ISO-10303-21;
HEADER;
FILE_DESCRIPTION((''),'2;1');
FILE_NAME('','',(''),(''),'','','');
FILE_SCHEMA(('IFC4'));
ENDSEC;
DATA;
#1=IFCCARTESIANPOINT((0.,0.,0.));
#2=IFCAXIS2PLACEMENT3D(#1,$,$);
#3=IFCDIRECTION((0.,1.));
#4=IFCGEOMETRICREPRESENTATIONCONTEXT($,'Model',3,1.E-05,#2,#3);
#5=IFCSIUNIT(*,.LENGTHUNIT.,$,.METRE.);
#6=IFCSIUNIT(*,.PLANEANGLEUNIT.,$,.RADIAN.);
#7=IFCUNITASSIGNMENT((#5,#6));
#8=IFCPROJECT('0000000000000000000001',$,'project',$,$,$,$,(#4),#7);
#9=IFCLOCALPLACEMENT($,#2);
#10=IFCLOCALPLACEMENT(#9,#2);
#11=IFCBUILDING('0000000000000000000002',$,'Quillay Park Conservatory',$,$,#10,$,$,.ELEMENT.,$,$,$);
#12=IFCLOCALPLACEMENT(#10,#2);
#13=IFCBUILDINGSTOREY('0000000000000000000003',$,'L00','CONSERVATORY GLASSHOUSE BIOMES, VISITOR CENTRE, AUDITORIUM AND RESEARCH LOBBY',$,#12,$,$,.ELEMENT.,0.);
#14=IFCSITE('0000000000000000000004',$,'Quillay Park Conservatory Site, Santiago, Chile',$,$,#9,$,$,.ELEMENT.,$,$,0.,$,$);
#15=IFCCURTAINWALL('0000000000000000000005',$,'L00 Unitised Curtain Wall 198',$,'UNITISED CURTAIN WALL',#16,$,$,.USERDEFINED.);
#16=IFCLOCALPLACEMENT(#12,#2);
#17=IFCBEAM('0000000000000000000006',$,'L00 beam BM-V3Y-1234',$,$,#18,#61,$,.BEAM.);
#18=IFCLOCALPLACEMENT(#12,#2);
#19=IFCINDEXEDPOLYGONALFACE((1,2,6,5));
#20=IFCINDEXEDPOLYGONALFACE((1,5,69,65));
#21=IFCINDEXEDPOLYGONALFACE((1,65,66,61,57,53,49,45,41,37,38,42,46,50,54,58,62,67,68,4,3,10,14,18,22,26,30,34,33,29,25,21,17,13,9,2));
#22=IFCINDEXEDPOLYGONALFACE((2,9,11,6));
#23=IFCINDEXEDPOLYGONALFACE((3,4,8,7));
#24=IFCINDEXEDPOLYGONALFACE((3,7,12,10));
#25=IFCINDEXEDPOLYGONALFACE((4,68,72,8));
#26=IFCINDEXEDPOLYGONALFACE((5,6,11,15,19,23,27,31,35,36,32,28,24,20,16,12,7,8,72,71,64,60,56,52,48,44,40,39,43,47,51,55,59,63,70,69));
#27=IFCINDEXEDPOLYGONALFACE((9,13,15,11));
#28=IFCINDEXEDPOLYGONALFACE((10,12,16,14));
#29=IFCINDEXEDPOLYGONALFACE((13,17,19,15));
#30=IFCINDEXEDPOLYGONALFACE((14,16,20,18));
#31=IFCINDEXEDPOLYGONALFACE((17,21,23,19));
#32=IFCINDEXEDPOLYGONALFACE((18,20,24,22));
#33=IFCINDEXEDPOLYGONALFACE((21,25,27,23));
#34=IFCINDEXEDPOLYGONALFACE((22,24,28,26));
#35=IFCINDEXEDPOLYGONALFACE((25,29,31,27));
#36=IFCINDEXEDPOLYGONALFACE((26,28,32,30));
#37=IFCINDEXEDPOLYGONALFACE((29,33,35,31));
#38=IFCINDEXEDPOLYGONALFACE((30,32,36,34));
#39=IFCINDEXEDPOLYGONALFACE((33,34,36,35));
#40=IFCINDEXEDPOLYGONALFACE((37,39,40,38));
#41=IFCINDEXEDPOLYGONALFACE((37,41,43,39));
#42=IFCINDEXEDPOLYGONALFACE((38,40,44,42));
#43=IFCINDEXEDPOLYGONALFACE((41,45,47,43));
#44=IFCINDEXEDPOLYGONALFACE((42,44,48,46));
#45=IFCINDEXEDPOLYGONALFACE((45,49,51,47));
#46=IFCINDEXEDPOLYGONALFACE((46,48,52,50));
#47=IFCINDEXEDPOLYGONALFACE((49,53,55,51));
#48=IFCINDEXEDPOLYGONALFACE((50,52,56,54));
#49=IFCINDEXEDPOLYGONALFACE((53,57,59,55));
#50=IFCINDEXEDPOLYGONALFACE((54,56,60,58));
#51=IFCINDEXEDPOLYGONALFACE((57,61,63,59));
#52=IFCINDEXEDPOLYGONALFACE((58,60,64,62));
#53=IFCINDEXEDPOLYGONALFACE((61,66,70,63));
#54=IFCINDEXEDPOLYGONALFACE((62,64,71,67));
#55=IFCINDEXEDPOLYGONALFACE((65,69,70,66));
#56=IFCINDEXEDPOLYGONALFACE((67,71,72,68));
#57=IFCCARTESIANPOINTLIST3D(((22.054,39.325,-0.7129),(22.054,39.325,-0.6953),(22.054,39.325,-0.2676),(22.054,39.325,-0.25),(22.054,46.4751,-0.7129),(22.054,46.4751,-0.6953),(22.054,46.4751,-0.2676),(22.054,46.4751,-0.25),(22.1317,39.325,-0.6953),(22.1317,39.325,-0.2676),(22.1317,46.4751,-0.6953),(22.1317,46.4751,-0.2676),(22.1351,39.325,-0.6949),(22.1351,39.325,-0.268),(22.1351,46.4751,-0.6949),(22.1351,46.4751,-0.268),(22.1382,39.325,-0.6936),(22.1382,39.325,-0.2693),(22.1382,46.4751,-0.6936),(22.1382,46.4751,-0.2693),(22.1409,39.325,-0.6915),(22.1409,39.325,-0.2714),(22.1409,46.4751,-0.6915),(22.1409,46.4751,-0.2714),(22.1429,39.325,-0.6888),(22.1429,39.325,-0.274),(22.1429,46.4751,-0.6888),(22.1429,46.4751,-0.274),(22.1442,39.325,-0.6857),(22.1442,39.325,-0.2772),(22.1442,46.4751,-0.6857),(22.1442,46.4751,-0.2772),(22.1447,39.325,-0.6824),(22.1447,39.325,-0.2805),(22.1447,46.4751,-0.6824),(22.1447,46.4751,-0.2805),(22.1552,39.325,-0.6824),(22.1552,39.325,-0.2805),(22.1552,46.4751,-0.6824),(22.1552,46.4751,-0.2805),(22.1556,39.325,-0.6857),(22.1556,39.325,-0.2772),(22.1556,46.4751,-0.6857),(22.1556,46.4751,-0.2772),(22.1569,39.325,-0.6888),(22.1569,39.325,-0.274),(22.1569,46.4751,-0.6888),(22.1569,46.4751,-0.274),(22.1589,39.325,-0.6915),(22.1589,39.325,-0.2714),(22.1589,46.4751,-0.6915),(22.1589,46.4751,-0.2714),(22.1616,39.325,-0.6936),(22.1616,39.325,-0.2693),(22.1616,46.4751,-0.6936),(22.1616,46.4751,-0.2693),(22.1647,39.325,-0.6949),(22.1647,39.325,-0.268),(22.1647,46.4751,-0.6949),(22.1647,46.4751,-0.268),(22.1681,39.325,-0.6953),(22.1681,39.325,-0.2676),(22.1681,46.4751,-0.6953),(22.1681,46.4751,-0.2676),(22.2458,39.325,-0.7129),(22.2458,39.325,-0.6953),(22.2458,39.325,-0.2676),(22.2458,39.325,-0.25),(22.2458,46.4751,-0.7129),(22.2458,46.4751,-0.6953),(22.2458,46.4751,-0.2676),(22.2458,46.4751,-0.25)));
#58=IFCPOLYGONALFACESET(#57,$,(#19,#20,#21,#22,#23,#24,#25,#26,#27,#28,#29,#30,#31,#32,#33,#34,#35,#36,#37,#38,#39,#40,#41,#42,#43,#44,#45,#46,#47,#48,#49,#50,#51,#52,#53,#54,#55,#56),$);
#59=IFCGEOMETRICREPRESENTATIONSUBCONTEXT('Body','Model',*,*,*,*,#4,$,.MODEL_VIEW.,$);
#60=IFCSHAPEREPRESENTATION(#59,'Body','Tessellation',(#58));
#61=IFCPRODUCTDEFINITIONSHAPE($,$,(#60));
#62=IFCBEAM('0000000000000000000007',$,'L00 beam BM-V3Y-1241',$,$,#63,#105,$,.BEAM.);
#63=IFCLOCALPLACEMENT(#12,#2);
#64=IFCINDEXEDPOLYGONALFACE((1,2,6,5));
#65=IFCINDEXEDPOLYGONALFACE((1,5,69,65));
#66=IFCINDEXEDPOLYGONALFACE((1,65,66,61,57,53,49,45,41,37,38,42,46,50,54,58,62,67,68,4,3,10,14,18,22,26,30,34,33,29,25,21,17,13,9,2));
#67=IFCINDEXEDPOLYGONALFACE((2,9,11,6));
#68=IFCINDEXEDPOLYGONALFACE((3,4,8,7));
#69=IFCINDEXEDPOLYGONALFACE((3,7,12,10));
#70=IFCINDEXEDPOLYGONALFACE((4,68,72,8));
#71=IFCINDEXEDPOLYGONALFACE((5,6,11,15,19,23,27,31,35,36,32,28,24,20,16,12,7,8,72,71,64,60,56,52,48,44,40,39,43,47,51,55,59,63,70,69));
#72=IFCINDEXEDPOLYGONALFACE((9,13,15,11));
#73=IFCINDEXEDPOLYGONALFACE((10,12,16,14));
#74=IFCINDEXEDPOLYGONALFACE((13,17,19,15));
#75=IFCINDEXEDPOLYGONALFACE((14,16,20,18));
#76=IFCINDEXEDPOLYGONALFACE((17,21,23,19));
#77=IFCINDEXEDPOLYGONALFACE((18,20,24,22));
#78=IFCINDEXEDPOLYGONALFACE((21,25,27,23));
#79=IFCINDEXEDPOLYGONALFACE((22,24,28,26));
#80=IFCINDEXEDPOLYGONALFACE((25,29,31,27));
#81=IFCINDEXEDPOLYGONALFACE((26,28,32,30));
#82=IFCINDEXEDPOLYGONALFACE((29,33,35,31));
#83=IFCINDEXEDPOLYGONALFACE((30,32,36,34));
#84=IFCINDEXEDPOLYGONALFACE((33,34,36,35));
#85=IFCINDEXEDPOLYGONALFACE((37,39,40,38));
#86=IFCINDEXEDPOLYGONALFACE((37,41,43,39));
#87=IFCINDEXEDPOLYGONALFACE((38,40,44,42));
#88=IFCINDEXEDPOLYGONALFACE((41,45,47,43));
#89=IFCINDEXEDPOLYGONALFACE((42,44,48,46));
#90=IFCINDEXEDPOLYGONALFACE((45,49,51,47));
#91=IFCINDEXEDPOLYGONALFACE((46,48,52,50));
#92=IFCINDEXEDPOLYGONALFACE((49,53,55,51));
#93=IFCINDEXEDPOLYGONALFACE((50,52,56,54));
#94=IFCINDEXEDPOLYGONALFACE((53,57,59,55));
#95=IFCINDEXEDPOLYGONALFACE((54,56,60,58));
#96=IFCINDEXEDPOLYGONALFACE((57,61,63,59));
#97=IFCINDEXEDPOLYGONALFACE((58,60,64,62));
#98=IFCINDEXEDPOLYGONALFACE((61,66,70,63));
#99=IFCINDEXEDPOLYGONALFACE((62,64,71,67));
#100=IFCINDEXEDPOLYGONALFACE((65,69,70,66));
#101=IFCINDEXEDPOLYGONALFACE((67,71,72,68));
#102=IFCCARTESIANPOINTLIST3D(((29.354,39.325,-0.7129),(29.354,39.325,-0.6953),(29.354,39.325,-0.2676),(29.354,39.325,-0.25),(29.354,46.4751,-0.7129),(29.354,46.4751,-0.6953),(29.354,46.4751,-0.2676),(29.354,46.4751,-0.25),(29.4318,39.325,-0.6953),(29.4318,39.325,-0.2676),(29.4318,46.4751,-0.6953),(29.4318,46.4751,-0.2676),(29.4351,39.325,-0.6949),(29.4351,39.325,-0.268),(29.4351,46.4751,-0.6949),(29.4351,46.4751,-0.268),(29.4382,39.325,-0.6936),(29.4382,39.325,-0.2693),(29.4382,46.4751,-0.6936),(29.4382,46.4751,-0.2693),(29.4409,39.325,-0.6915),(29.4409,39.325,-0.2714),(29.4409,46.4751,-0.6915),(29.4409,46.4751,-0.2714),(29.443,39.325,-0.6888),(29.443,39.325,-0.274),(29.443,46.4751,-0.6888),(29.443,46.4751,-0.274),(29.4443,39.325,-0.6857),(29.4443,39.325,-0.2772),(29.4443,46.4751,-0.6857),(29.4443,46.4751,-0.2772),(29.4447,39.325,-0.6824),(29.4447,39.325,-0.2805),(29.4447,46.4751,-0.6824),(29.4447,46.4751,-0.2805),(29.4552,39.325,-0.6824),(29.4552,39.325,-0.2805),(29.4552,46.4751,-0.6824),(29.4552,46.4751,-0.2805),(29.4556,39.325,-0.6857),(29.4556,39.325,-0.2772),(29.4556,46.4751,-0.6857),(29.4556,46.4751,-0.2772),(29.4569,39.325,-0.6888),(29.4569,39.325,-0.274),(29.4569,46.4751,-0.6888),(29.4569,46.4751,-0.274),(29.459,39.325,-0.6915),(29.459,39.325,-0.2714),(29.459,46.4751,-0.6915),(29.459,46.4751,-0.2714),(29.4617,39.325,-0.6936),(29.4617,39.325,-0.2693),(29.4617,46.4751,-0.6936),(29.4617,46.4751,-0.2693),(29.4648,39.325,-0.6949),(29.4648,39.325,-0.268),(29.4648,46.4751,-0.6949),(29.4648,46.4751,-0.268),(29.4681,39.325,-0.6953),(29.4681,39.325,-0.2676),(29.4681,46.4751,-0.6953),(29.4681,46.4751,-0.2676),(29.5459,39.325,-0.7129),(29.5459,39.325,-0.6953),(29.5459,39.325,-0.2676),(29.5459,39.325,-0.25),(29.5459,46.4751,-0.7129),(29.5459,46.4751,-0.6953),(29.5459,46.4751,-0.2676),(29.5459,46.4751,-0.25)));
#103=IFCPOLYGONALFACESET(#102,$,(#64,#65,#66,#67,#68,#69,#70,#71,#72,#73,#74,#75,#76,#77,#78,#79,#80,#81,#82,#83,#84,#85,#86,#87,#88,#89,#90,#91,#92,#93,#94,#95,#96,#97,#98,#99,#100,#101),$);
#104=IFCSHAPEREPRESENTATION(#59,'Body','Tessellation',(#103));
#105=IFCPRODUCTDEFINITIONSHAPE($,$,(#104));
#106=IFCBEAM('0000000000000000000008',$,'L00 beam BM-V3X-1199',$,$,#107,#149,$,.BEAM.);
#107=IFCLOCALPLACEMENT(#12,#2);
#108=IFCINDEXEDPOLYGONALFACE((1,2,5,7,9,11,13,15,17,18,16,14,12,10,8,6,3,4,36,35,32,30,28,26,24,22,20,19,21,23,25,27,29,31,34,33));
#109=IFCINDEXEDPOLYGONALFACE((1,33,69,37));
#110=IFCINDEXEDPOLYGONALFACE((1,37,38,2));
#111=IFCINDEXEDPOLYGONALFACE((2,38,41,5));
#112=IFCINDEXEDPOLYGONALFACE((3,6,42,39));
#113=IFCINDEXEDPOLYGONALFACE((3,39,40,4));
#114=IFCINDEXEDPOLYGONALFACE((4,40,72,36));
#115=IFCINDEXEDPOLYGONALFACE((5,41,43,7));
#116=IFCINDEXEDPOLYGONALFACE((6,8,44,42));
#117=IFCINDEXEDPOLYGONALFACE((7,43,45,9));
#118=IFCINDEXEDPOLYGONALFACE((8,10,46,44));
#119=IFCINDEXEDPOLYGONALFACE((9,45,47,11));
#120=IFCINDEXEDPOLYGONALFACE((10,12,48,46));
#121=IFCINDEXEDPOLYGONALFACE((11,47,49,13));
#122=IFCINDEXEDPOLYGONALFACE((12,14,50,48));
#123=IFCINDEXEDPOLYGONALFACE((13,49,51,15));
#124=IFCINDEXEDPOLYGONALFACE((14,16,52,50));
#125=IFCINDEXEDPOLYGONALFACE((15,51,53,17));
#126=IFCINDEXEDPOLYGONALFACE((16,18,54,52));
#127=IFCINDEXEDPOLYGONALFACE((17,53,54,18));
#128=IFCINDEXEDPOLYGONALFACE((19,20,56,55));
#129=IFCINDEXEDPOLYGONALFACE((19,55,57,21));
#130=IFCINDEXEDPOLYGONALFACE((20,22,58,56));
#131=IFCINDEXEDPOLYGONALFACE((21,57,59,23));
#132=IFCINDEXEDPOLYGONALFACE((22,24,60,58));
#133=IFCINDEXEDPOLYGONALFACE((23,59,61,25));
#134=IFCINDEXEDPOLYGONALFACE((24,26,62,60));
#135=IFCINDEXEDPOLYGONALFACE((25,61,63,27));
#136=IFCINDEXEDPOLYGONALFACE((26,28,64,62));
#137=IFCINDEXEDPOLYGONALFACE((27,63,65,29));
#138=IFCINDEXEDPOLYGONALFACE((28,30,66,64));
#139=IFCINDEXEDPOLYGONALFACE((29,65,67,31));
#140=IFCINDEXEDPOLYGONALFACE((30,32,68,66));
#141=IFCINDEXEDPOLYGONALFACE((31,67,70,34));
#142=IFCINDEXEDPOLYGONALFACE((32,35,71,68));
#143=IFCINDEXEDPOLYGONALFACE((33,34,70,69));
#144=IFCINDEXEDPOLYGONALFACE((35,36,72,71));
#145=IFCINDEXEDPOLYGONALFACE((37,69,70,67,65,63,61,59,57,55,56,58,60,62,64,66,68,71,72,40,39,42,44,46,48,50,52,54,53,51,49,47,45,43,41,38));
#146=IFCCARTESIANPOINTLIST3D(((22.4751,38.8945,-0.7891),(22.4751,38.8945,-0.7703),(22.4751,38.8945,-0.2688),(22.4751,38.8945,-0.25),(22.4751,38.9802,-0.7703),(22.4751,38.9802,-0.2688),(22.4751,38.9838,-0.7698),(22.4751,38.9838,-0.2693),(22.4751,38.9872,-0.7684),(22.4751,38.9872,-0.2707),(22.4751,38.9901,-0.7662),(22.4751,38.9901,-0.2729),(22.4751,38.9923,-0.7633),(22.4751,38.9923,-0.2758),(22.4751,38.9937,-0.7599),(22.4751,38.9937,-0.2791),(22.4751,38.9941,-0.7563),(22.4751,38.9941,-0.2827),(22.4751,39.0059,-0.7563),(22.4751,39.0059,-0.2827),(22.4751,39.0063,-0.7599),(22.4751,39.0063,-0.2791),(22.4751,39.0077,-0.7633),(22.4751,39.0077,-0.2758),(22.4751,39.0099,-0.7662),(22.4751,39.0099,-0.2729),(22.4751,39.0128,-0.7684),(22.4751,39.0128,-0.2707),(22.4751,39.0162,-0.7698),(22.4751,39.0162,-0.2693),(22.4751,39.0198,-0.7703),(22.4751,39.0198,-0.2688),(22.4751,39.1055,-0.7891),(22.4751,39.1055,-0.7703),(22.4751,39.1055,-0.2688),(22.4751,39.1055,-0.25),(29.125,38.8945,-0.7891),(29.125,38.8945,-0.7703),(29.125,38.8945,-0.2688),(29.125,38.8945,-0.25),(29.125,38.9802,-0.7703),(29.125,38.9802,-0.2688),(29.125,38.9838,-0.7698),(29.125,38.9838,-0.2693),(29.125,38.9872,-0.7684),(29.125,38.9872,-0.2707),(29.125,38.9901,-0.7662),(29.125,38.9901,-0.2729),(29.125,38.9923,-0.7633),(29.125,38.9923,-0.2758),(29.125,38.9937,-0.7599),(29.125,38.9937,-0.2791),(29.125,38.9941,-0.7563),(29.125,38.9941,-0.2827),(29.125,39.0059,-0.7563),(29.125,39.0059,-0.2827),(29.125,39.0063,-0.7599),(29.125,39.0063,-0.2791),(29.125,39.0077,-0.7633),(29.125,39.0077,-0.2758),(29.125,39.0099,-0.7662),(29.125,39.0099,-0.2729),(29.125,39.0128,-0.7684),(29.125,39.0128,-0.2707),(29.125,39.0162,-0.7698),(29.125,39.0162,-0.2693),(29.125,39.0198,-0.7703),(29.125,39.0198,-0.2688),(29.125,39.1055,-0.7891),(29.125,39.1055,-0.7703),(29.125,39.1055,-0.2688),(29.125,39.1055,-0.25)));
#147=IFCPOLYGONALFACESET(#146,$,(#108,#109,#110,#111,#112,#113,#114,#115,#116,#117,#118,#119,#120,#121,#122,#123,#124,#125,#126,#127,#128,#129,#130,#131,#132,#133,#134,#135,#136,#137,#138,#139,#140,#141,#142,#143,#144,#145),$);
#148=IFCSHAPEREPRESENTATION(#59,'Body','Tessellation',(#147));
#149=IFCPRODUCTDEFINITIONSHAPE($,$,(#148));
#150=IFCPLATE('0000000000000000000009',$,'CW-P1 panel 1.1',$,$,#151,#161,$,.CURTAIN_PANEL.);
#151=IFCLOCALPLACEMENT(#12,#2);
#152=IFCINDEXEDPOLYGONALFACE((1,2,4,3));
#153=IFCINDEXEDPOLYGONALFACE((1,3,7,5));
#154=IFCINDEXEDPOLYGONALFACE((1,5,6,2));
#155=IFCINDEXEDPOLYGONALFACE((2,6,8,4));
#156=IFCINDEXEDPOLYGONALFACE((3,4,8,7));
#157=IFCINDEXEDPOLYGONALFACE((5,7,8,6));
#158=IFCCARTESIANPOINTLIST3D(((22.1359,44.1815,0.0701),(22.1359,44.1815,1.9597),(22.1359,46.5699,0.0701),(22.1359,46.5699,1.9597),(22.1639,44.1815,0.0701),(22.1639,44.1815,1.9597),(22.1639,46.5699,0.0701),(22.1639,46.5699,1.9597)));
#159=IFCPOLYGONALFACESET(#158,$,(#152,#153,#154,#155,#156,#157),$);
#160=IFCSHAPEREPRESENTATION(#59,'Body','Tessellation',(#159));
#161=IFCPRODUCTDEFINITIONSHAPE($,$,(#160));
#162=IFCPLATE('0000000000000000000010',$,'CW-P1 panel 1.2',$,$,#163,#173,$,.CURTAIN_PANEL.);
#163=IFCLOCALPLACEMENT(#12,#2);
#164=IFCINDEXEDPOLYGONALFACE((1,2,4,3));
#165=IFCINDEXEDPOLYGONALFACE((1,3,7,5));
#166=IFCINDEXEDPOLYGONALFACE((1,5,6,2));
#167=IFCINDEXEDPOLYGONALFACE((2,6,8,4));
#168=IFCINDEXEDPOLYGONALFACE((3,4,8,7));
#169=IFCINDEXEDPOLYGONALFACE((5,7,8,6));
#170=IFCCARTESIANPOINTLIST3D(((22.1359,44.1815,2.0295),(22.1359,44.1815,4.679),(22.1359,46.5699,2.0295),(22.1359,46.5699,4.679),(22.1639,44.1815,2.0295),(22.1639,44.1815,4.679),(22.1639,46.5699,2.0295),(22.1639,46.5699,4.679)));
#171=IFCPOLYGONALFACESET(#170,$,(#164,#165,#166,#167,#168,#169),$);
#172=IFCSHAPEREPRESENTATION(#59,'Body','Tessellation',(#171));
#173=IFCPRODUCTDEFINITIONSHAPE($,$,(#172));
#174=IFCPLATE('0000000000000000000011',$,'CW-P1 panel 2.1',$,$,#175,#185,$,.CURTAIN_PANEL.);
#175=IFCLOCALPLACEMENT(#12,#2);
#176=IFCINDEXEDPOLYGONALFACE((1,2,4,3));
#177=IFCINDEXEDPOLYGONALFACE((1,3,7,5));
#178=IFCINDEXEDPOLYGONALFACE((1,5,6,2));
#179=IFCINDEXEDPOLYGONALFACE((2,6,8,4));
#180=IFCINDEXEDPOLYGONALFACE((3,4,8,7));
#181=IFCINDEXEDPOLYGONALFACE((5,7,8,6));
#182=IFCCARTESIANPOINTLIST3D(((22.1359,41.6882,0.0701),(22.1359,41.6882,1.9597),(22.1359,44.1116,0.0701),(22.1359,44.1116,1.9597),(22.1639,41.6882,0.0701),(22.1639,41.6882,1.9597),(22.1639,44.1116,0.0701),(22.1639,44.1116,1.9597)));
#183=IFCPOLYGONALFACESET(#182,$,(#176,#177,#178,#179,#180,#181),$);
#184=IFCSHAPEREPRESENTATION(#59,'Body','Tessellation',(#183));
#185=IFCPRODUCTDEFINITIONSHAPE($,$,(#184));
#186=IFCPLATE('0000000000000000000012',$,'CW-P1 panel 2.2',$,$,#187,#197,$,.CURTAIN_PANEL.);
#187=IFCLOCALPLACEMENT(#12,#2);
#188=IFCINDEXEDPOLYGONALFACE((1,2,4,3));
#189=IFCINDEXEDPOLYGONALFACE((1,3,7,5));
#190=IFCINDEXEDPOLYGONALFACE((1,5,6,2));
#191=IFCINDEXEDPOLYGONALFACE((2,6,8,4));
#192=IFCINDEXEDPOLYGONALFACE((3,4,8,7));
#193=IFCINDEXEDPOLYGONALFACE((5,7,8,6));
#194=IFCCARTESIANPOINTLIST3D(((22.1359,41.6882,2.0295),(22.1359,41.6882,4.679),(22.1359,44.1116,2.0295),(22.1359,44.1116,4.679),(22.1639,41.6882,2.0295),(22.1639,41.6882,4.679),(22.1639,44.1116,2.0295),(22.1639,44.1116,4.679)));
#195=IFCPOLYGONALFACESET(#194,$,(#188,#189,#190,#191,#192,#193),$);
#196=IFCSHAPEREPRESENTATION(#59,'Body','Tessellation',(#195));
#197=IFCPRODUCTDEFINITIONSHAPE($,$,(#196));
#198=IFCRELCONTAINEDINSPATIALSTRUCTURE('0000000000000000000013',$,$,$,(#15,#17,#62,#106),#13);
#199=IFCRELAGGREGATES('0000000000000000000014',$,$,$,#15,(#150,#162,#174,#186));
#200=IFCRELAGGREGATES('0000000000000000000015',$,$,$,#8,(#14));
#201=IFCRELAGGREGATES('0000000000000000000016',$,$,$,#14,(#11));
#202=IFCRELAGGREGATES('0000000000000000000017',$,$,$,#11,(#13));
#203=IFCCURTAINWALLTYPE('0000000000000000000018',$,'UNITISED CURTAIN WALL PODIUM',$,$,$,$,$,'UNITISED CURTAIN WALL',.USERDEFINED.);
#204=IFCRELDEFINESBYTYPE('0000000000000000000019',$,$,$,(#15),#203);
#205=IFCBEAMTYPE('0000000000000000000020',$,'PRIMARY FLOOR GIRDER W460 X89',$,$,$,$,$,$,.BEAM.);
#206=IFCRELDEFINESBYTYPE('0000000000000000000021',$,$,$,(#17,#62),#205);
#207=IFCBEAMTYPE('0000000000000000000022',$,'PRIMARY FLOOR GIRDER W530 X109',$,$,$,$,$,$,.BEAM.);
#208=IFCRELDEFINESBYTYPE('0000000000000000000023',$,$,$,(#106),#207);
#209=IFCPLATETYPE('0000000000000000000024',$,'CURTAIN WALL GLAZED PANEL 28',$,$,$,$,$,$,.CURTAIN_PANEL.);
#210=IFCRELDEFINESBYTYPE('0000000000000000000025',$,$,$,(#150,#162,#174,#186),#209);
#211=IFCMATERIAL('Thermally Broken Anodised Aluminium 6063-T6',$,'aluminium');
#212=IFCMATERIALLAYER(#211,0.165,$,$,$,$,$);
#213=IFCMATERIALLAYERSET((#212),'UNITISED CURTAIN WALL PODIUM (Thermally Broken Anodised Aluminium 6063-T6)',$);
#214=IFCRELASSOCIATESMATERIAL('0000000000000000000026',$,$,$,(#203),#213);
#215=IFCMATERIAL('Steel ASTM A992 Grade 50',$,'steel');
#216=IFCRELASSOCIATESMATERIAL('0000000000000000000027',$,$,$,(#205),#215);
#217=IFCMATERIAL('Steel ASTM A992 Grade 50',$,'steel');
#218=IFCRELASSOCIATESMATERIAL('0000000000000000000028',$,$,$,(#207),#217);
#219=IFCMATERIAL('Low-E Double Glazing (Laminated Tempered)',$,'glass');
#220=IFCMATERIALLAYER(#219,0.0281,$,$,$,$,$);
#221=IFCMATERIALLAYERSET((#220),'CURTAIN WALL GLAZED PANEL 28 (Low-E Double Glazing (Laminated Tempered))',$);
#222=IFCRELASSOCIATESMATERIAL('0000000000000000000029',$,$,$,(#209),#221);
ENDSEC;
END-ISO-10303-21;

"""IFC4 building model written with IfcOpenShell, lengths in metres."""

from ifc_helpers import new_model, si_unit, direction, frame, origin, origin_2d, place, context, subcontext, project, spatial, rectangle, i_section, extrude, material, layer, layer_set, material_profile, profile_set, type_object, element, aggregate, save


model = new_model("IFC4")

# Units and contexts
model_context = context("Model", 3, precision=1e-05, world=origin(), true_north=direction((0.0, 1.0)))
body_context = subcontext(model_context, "Body", "Model", "MODEL_VIEW")
ifc_project = project(units=[si_unit("LENGTHUNIT", "METRE"), si_unit("PLANEANGLEUNIT", "RADIAN")], contexts=[model_context])

# Site, building, storey
site_placement = place(None, origin())
site = spatial("IfcSite", under=ifc_project, at=site_placement, Name="Quillay Park Conservatory Site, Santiago, Chile", CompositionType="ELEMENT", RefElevation=0.0)
building_placement = place(site_placement, origin())
building = spatial("IfcBuilding", under=site, at=building_placement, Name="Quillay Park Conservatory", CompositionType="ELEMENT")
storey_placement = place(building_placement, origin())
storey = spatial("IfcBuildingStorey", under=building, at=storey_placement, Name="L00", Description="CONSERVATORY GLASSHOUSE BIOMES, VISITOR CENTRE, AUDITORIUM AND RESEARCH LOBBY", CompositionType="ELEMENT", Elevation=0.0)

# Curtain wall
ifc_material_1 = material(Name="Thermally Broken Anodised Aluminium 6063-T6", Category="aluminium")
ifc_layer_1 = layer(ifc_material_1, 0.165)
ifc_layer_set_1 = layer_set([ifc_layer_1], Name="UNITISED CURTAIN WALL PODIUM (Thermally Broken Anodised Aluminium 6063-T6)")
curtain_wall_type = type_object("IfcCurtainWallType", Name="UNITISED CURTAIN WALL PODIUM", ElementType="UNITISED CURTAIN WALL", PredefinedType="USERDEFINED", material=ifc_layer_set_1)
curtain_wall_placement = place(storey_placement, origin())
curtain_wall = element("IfcCurtainWall", 1, at=curtain_wall_placement, inside=storey, type_object=curtain_wall_type, Name="L00 Unitised Curtain Wall 198", ObjectType="UNITISED CURTAIN WALL", PredefinedType="USERDEFINED")

# Beams
ifc_material_2 = material(Name="Steel ASTM A992 Grade 50", Category="steel")
ifc_material_profile_1 = material_profile(ifc_material_2, i_section(OverallWidth=0.1919, OverallDepth=0.4629, WebThickness=0.0105, FlangeThickness=0.0176, FilletRadius=0.0129, at=origin_2d()), Name="W460x89")
ifc_profile_set_1 = profile_set([ifc_material_profile_1], Name="Steel ASTM A992 Grade 50")
beam_type_1 = type_object("IfcBeamType", Name="PRIMARY FLOOR GIRDER W460 X89", PredefinedType="BEAM", material=ifc_profile_set_1)
for number, where, z_axis, x_axis, name in (
    (2, (22.1499, 39.325, -0.4814), (0.0, 1.0, 0.0), (-1.0, 0.0, 0.0), "L00 beam BM-V3Y-1234"),
    (3, (29.45, 39.325, -0.4814), (0.0, 1.0, 0.0), (-1.0, 0.0, 0.0), "L00 beam BM-V3Y-1241"),
):
    element("IfcBeam", number, at=place(storey_placement, frame(where, z_axis=z_axis, x_axis=x_axis)), inside=storey, type_object=beam_type_1, Name=name, PredefinedType="BEAM", context=body_context, shape_type="SweptSolid", body=[
        extrude(i_section(OverallWidth=0.1919, OverallDepth=0.4629, WebThickness=0.0105, FlangeThickness=0.0176, FilletRadius=0.0129, at=origin_2d()), origin(), (0.0, 0.0, 1.0), 7.1501),
    ])
ifc_material_3 = material(Name="Steel ASTM A992 Grade 50", Category="steel")
ifc_material_profile_2 = material_profile(ifc_material_3, i_section(OverallWidth=0.2109, OverallDepth=0.5391, WebThickness=0.0117, FlangeThickness=0.0188, FilletRadius=0.0139, at=origin_2d()), Name="W530x109")
ifc_profile_set_2 = profile_set([ifc_material_profile_2], Name="Steel ASTM A992 Grade 50")
beam_type_2 = type_object("IfcBeamType", Name="PRIMARY FLOOR GIRDER W530 X109", PredefinedType="BEAM", material=ifc_profile_set_2)
beam_placement = place(storey_placement, frame((22.4751, 39.0, -0.5195), z_axis=(1.0, 0.0, 0.0), x_axis=(0.0, 1.0, 0.0)))
element("IfcBeam", 4, at=beam_placement, inside=storey, type_object=beam_type_2, Name="L00 beam BM-V3X-1199", PredefinedType="BEAM", context=body_context, shape_type="SweptSolid", body=[
    extrude(i_section(OverallWidth=0.2109, OverallDepth=0.5391, WebThickness=0.0117, FlangeThickness=0.0188, FilletRadius=0.0139, at=origin_2d()), origin(), (0.0, 0.0, 1.0), 6.6499),
])

# Plates
ifc_material_4 = material(Name="Low-E Double Glazing (Laminated Tempered)", Category="glass")
ifc_layer_2 = layer(ifc_material_4, 0.0281)
ifc_layer_set_2 = layer_set([ifc_layer_2], Name="CURTAIN WALL GLAZED PANEL 28 (Low-E Double Glazing (Laminated Tempered))")
plate_type = type_object("IfcPlateType", Name="CURTAIN WALL GLAZED PANEL 28", PredefinedType="CURTAIN_PANEL", material=ifc_layer_set_2)
plate_1_placement = place(storey_placement, frame((22.1499, 45.3757, 0.0701), z_axis=(0.0, 0.0, 1.0), x_axis=(0.0, -1.0, 0.0)))
plate_1 = element("IfcPlate", 5, at=plate_1_placement, type_object=plate_type, Name="CW-P1 panel 1.1", PredefinedType="CURTAIN_PANEL", context=body_context, shape_type="SweptSolid", body=[
    extrude(rectangle(XDim=2.3884, YDim=0.0281, at=origin_2d()), origin(), (0.0, 0.0, 1.0), 1.8896),
])
plate_2_placement = place(storey_placement, frame((22.1499, 45.3757, 2.0295), z_axis=(0.0, 0.0, 1.0), x_axis=(0.0, -1.0, 0.0)))
plate_2 = element("IfcPlate", 6, at=plate_2_placement, type_object=plate_type, Name="CW-P1 panel 1.2", PredefinedType="CURTAIN_PANEL", context=body_context, shape_type="SweptSolid", body=[
    extrude(rectangle(XDim=2.3884, YDim=0.0281, at=origin_2d()), origin(), (0.0, 0.0, 1.0), 2.6494),
])
plate_3_placement = place(storey_placement, frame((22.1499, 42.8999, 0.0701), z_axis=(0.0, 0.0, 1.0), x_axis=(0.0, -1.0, 0.0)))
plate_3 = element("IfcPlate", 7, at=plate_3_placement, type_object=plate_type, Name="CW-P1 panel 2.1", PredefinedType="CURTAIN_PANEL", context=body_context, shape_type="SweptSolid", body=[
    extrude(rectangle(XDim=2.4233, YDim=0.0281, at=origin_2d()), origin(), (0.0, 0.0, 1.0), 1.8896),
])
plate_4_placement = place(storey_placement, frame((22.1499, 42.8999, 2.0295), z_axis=(0.0, 0.0, 1.0), x_axis=(0.0, -1.0, 0.0)))
plate_4 = element("IfcPlate", 8, at=plate_4_placement, type_object=plate_type, Name="CW-P1 panel 2.2", PredefinedType="CURTAIN_PANEL", context=body_context, shape_type="SweptSolid", body=[
    extrude(rectangle(XDim=2.4233, YDim=0.0281, at=origin_2d()), origin(), (0.0, 0.0, 1.0), 2.6494),
])
aggregate(curtain_wall, [plate_1, plate_2, plate_3, plate_4])

save(model, "model.ifc")
